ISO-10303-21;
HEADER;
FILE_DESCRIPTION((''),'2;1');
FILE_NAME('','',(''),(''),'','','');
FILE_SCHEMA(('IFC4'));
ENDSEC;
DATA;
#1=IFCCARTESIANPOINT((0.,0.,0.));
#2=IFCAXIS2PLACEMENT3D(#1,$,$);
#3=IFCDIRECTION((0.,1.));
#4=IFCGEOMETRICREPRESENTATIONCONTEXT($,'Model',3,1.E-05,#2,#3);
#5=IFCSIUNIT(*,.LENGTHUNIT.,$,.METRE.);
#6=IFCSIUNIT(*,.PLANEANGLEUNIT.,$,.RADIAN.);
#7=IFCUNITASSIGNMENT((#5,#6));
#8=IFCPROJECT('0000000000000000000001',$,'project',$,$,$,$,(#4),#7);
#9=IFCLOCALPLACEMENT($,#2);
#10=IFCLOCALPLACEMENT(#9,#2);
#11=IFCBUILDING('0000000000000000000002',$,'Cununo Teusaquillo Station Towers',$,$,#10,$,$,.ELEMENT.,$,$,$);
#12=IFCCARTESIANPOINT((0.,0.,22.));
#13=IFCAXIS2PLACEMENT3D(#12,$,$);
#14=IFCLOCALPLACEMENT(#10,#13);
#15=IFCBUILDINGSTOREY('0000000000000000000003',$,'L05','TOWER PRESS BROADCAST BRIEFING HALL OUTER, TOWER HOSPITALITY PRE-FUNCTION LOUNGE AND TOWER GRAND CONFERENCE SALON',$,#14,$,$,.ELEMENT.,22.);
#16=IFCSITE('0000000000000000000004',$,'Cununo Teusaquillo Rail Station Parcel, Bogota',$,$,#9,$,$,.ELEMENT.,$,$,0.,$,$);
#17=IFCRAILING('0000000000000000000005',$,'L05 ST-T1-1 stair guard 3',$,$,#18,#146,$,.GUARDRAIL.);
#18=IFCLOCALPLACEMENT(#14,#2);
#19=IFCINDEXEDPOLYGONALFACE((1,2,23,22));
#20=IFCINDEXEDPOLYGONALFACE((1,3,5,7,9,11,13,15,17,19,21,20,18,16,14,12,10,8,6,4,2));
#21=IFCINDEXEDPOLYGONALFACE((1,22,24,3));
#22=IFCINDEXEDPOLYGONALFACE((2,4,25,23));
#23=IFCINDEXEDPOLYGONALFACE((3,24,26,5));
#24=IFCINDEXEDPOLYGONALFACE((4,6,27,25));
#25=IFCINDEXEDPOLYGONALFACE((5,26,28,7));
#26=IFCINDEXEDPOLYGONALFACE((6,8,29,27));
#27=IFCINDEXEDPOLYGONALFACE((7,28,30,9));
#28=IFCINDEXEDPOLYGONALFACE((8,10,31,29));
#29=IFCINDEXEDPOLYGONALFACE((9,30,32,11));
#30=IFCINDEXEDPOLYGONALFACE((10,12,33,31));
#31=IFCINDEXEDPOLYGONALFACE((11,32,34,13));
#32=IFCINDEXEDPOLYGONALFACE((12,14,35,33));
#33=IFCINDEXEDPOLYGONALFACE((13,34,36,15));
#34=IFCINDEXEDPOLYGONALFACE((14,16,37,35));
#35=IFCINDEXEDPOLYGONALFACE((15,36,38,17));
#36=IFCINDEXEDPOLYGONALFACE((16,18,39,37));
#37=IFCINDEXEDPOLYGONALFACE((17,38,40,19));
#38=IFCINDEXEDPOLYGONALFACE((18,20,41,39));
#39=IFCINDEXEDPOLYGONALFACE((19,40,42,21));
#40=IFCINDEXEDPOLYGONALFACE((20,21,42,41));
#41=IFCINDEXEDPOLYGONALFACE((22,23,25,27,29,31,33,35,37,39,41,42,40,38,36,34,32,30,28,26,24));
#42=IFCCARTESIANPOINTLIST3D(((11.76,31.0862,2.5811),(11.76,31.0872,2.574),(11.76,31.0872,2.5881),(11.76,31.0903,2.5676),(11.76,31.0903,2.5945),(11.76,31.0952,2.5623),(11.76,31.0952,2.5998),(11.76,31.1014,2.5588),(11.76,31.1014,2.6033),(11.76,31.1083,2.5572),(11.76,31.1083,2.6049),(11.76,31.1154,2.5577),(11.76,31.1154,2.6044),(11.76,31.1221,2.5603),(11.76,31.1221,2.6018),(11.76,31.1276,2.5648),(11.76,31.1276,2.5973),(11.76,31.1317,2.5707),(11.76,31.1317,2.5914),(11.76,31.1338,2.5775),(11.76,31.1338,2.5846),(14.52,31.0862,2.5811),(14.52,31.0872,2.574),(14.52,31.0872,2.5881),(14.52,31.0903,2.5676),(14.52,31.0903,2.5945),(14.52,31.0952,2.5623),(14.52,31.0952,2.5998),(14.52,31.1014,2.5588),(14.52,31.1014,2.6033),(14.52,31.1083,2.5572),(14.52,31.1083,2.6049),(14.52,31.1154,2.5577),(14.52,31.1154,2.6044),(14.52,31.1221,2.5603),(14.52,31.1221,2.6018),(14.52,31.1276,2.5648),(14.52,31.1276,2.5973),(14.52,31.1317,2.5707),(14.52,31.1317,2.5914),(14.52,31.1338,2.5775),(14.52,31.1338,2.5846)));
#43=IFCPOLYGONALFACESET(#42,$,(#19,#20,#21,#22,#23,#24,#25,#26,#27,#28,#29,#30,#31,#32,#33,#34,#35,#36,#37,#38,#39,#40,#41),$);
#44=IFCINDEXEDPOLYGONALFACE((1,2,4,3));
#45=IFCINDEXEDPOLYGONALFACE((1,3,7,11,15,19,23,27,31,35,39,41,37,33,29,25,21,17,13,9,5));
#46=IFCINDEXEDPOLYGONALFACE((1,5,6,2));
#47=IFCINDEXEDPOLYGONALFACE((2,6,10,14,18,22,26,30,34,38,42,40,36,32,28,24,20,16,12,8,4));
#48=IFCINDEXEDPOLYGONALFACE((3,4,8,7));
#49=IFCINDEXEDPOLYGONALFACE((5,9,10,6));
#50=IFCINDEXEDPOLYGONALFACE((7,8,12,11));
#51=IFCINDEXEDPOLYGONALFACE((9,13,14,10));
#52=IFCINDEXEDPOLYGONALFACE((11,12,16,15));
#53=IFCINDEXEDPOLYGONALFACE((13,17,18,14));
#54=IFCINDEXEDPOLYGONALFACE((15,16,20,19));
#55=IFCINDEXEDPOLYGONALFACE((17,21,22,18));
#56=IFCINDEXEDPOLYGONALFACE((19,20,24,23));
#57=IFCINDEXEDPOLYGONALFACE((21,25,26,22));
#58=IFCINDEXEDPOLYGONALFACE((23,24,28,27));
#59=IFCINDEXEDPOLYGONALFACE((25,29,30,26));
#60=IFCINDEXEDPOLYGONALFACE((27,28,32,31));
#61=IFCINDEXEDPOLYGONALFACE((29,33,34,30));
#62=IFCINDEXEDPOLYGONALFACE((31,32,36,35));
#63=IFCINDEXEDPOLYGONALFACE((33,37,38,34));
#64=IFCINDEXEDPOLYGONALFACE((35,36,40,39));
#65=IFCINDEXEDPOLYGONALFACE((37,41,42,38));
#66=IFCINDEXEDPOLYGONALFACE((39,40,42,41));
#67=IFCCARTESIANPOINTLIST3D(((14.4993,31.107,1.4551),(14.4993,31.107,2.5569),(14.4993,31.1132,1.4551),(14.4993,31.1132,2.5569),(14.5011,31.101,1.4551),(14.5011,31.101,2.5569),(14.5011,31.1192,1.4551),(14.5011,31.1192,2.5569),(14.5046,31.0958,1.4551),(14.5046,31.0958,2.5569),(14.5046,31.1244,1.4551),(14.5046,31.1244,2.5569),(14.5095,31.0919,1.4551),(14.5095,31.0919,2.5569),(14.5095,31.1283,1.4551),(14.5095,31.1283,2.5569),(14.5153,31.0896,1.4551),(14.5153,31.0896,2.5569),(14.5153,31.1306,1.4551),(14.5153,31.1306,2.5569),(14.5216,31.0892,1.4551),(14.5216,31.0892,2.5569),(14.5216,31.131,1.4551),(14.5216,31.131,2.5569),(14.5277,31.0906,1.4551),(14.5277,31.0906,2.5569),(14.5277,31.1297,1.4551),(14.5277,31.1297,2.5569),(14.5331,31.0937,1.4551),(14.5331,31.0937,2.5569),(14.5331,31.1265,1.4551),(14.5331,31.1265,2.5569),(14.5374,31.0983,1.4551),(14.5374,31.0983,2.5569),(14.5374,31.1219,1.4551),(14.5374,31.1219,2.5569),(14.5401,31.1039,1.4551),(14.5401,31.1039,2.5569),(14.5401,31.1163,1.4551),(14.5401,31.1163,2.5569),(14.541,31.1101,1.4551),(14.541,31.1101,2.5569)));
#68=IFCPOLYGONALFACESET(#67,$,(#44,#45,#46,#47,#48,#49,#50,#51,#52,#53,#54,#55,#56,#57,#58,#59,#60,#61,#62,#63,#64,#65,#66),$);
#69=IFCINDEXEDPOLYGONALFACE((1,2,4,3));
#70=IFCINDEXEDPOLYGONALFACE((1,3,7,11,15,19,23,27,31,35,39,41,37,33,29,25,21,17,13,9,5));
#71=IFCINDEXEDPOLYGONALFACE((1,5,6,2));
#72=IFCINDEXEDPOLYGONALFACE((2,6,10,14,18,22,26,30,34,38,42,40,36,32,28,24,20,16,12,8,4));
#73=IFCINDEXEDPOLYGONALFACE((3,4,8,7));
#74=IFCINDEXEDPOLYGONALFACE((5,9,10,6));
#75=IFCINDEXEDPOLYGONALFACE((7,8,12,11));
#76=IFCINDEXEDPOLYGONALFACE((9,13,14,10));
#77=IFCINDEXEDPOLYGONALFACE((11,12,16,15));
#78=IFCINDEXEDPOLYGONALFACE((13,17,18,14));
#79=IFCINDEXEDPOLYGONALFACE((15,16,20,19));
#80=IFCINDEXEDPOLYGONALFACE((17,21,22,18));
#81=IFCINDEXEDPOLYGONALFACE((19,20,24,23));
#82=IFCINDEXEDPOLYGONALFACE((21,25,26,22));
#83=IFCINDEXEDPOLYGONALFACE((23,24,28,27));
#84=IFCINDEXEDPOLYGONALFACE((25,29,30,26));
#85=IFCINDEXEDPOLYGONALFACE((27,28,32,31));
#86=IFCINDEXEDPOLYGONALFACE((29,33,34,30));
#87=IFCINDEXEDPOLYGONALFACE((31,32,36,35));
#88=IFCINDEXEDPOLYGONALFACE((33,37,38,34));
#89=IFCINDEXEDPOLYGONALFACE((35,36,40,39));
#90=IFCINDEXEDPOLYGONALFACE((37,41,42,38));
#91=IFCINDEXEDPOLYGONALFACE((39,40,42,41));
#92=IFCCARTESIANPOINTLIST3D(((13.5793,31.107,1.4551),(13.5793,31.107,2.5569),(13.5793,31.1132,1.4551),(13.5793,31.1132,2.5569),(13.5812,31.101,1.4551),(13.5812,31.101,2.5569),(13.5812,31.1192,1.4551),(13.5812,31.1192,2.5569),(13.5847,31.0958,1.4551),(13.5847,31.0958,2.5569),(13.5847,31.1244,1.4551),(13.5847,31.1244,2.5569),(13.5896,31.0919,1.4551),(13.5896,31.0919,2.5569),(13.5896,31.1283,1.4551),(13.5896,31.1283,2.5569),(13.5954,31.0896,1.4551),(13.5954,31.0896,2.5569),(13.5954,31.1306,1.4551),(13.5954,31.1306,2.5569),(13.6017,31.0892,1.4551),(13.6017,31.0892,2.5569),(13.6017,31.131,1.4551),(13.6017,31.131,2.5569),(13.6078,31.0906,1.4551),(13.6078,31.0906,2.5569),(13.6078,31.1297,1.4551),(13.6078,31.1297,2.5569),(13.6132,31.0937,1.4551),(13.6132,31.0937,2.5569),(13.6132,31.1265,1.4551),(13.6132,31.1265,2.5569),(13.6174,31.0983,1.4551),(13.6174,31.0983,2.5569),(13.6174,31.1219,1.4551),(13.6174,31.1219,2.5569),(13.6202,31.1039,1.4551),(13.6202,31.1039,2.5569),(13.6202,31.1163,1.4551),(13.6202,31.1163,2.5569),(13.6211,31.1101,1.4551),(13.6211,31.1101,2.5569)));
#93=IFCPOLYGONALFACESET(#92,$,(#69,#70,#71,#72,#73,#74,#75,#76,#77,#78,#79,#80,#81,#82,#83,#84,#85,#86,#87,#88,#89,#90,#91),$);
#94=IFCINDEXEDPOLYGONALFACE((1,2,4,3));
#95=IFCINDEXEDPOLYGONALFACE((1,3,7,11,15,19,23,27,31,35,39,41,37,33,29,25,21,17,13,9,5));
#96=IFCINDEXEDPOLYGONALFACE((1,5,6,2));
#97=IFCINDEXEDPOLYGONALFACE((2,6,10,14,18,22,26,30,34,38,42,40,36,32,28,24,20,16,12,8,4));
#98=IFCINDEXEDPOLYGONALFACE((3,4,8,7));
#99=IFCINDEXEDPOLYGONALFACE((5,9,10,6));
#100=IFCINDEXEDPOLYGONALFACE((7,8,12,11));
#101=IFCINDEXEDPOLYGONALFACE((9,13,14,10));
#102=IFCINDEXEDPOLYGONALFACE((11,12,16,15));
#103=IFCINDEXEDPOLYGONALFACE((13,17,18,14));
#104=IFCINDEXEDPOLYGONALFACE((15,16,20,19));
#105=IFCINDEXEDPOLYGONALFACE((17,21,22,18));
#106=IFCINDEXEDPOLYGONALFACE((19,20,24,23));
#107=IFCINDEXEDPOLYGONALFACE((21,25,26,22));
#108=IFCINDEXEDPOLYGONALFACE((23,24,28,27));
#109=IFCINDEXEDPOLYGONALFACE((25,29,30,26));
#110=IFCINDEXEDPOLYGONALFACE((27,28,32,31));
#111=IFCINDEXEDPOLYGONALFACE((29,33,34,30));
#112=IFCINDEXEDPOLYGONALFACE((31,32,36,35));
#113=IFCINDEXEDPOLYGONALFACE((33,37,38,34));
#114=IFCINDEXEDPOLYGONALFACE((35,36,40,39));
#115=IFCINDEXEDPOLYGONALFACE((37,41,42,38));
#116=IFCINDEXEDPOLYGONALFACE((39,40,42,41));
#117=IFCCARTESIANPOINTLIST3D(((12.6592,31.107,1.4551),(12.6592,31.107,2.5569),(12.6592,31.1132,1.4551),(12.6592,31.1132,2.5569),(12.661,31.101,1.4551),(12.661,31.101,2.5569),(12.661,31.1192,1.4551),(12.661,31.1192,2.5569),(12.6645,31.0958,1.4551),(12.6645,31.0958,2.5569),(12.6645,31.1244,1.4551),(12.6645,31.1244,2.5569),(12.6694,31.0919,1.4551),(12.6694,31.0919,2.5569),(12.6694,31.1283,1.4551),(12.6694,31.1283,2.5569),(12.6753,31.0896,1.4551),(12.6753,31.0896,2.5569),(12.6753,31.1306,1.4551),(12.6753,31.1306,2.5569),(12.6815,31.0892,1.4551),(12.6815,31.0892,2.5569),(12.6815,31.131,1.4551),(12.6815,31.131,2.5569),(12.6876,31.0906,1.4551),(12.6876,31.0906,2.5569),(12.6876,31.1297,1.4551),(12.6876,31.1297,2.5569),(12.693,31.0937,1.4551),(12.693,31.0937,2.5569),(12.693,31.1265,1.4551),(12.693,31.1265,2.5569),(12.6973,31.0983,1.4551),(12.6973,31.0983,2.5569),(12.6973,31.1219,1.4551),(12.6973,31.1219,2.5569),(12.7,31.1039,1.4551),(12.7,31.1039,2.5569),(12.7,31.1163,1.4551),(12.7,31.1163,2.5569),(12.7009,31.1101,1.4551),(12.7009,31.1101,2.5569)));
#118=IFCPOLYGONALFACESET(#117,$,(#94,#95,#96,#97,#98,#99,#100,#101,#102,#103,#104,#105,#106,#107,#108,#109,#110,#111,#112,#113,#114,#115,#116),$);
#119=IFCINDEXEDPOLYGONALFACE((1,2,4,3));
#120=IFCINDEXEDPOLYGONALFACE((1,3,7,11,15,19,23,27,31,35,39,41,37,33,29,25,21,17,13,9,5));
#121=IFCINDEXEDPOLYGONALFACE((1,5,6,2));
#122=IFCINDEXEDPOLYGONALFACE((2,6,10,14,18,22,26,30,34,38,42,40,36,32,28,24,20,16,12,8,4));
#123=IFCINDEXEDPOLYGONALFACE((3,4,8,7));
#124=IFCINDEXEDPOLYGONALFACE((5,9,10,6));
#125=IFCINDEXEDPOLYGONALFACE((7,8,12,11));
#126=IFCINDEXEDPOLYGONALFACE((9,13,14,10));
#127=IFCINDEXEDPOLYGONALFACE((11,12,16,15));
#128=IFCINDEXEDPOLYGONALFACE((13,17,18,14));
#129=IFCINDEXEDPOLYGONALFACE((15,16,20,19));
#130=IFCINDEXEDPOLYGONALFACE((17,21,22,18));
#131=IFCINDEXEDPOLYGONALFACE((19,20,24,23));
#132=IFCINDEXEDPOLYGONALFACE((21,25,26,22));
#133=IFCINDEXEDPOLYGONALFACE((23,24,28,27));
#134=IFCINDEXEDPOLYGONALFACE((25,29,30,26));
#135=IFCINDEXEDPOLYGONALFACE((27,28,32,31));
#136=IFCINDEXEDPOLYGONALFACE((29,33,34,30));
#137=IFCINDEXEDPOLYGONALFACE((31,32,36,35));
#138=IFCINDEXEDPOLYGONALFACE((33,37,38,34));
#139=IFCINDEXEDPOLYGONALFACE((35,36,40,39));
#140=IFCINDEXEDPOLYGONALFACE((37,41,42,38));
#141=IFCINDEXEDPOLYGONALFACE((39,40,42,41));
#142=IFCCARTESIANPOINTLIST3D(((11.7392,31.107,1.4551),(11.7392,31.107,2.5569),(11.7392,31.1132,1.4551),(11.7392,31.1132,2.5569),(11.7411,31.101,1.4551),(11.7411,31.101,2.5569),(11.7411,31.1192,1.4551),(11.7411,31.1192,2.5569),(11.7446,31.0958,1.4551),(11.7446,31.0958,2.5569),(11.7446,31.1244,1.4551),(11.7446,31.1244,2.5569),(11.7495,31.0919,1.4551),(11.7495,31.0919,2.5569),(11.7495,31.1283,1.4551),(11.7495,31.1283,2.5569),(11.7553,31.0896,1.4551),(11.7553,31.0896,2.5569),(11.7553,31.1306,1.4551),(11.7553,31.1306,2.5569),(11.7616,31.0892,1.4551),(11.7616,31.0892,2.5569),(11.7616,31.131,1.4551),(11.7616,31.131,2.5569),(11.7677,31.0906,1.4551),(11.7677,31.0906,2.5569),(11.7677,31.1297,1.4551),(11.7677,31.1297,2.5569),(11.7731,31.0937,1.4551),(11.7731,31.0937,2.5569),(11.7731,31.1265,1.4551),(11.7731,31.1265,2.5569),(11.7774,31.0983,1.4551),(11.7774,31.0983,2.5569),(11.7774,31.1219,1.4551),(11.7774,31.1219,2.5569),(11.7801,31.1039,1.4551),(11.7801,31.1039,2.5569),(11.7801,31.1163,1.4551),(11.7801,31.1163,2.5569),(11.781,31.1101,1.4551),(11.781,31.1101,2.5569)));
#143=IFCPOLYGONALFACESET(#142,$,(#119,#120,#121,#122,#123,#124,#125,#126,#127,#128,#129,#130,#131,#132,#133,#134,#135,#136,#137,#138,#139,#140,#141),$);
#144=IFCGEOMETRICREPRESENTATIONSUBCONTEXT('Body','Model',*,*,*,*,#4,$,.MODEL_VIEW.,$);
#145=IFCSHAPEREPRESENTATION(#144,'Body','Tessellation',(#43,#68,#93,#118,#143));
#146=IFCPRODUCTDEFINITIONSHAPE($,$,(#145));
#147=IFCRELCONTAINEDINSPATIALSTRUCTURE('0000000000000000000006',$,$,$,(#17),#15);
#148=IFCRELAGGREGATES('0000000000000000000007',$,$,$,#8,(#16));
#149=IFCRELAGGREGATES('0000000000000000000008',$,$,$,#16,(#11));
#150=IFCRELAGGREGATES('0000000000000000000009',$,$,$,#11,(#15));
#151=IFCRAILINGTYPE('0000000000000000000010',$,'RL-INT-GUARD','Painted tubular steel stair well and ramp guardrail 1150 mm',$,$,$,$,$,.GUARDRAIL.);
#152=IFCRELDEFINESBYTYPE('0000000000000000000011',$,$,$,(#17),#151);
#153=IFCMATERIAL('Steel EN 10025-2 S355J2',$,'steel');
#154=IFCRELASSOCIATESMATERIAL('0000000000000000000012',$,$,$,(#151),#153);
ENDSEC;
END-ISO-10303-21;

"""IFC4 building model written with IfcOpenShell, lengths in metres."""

from ifc_helpers import new_model, si_unit, direction, frame, origin, origin_2d, place, context, subcontext, project, spatial, circle, extrude, material, type_object, element, save


model = new_model("IFC4")

# Units and contexts
model_context = context("Model", 3, precision=1e-05, world=origin(), true_north=direction((0.0, 1.0)))
body_context = subcontext(model_context, "Body", "Model", "MODEL_VIEW")
ifc_project = project(units=[si_unit("LENGTHUNIT", "METRE"), si_unit("PLANEANGLEUNIT", "RADIAN")], contexts=[model_context])

# Site, building, storey
site_placement = place(None, origin())
site = spatial("IfcSite", under=ifc_project, at=site_placement, Name="Cununo Teusaquillo Rail Station Parcel, Bogota", CompositionType="ELEMENT", RefElevation=0.0)
building_placement = place(site_placement, origin())
building = spatial("IfcBuilding", under=site, at=building_placement, Name="Cununo Teusaquillo Station Towers", CompositionType="ELEMENT")
storey_placement = place(building_placement, frame((0.0, 0.0, 22.0)))
storey = spatial("IfcBuildingStorey", under=building, at=storey_placement, Name="L05", Description="TOWER PRESS BROADCAST BRIEFING HALL OUTER, TOWER HOSPITALITY PRE-FUNCTION LOUNGE AND TOWER GRAND CONFERENCE SALON", CompositionType="ELEMENT", Elevation=22.0)

# Railing
ifc_material_1 = material(Name="Steel EN 10025-2 S355J2", Category="steel")
railing_type_1 = type_object("IfcRailingType", Name="RL-INT-GUARD", Description="Painted tubular steel stair well and ramp guardrail 1150 mm", PredefinedType="GUARDRAIL", material=ifc_material_1)
railing_1_placement = place(storey_placement, frame((14.52, 31.1101, 1.4551)))
element("IfcRailing", 1, at=railing_1_placement, inside=storey, type_object=railing_type_1, Name="L05 ST-T1-1 stair guard 3", PredefinedType="GUARDRAIL", context=body_context, shape_type="SweptSolid", body=[
    extrude(circle(Radius=0.0239, at=origin_2d()), frame((0.0, 0.0, 1.126), z_axis=(-1.0, 0.0, 0.0), x_axis=(0.0, -1.0, 0.0)), (0.0, 0.0, 1.0), 2.76),
    extrude(circle(Radius=0.021, at=origin_2d()), origin(), (0.0, 0.0, 1.0), 1.1018),
    extrude(circle(Radius=0.021, at=origin_2d()), frame((-0.9199, 0.0, 0.0)), (0.0, 0.0, 1.0), 1.1018),
    extrude(circle(Radius=0.021, at=origin_2d()), frame((-1.8401, 0.0, 0.0)), (0.0, 0.0, 1.0), 1.1018),
    extrude(circle(Radius=0.021, at=origin_2d()), frame((-2.76, 0.0, 0.0)), (0.0, 0.0, 1.0), 1.1018),
])

save(model, "model.ifc")
